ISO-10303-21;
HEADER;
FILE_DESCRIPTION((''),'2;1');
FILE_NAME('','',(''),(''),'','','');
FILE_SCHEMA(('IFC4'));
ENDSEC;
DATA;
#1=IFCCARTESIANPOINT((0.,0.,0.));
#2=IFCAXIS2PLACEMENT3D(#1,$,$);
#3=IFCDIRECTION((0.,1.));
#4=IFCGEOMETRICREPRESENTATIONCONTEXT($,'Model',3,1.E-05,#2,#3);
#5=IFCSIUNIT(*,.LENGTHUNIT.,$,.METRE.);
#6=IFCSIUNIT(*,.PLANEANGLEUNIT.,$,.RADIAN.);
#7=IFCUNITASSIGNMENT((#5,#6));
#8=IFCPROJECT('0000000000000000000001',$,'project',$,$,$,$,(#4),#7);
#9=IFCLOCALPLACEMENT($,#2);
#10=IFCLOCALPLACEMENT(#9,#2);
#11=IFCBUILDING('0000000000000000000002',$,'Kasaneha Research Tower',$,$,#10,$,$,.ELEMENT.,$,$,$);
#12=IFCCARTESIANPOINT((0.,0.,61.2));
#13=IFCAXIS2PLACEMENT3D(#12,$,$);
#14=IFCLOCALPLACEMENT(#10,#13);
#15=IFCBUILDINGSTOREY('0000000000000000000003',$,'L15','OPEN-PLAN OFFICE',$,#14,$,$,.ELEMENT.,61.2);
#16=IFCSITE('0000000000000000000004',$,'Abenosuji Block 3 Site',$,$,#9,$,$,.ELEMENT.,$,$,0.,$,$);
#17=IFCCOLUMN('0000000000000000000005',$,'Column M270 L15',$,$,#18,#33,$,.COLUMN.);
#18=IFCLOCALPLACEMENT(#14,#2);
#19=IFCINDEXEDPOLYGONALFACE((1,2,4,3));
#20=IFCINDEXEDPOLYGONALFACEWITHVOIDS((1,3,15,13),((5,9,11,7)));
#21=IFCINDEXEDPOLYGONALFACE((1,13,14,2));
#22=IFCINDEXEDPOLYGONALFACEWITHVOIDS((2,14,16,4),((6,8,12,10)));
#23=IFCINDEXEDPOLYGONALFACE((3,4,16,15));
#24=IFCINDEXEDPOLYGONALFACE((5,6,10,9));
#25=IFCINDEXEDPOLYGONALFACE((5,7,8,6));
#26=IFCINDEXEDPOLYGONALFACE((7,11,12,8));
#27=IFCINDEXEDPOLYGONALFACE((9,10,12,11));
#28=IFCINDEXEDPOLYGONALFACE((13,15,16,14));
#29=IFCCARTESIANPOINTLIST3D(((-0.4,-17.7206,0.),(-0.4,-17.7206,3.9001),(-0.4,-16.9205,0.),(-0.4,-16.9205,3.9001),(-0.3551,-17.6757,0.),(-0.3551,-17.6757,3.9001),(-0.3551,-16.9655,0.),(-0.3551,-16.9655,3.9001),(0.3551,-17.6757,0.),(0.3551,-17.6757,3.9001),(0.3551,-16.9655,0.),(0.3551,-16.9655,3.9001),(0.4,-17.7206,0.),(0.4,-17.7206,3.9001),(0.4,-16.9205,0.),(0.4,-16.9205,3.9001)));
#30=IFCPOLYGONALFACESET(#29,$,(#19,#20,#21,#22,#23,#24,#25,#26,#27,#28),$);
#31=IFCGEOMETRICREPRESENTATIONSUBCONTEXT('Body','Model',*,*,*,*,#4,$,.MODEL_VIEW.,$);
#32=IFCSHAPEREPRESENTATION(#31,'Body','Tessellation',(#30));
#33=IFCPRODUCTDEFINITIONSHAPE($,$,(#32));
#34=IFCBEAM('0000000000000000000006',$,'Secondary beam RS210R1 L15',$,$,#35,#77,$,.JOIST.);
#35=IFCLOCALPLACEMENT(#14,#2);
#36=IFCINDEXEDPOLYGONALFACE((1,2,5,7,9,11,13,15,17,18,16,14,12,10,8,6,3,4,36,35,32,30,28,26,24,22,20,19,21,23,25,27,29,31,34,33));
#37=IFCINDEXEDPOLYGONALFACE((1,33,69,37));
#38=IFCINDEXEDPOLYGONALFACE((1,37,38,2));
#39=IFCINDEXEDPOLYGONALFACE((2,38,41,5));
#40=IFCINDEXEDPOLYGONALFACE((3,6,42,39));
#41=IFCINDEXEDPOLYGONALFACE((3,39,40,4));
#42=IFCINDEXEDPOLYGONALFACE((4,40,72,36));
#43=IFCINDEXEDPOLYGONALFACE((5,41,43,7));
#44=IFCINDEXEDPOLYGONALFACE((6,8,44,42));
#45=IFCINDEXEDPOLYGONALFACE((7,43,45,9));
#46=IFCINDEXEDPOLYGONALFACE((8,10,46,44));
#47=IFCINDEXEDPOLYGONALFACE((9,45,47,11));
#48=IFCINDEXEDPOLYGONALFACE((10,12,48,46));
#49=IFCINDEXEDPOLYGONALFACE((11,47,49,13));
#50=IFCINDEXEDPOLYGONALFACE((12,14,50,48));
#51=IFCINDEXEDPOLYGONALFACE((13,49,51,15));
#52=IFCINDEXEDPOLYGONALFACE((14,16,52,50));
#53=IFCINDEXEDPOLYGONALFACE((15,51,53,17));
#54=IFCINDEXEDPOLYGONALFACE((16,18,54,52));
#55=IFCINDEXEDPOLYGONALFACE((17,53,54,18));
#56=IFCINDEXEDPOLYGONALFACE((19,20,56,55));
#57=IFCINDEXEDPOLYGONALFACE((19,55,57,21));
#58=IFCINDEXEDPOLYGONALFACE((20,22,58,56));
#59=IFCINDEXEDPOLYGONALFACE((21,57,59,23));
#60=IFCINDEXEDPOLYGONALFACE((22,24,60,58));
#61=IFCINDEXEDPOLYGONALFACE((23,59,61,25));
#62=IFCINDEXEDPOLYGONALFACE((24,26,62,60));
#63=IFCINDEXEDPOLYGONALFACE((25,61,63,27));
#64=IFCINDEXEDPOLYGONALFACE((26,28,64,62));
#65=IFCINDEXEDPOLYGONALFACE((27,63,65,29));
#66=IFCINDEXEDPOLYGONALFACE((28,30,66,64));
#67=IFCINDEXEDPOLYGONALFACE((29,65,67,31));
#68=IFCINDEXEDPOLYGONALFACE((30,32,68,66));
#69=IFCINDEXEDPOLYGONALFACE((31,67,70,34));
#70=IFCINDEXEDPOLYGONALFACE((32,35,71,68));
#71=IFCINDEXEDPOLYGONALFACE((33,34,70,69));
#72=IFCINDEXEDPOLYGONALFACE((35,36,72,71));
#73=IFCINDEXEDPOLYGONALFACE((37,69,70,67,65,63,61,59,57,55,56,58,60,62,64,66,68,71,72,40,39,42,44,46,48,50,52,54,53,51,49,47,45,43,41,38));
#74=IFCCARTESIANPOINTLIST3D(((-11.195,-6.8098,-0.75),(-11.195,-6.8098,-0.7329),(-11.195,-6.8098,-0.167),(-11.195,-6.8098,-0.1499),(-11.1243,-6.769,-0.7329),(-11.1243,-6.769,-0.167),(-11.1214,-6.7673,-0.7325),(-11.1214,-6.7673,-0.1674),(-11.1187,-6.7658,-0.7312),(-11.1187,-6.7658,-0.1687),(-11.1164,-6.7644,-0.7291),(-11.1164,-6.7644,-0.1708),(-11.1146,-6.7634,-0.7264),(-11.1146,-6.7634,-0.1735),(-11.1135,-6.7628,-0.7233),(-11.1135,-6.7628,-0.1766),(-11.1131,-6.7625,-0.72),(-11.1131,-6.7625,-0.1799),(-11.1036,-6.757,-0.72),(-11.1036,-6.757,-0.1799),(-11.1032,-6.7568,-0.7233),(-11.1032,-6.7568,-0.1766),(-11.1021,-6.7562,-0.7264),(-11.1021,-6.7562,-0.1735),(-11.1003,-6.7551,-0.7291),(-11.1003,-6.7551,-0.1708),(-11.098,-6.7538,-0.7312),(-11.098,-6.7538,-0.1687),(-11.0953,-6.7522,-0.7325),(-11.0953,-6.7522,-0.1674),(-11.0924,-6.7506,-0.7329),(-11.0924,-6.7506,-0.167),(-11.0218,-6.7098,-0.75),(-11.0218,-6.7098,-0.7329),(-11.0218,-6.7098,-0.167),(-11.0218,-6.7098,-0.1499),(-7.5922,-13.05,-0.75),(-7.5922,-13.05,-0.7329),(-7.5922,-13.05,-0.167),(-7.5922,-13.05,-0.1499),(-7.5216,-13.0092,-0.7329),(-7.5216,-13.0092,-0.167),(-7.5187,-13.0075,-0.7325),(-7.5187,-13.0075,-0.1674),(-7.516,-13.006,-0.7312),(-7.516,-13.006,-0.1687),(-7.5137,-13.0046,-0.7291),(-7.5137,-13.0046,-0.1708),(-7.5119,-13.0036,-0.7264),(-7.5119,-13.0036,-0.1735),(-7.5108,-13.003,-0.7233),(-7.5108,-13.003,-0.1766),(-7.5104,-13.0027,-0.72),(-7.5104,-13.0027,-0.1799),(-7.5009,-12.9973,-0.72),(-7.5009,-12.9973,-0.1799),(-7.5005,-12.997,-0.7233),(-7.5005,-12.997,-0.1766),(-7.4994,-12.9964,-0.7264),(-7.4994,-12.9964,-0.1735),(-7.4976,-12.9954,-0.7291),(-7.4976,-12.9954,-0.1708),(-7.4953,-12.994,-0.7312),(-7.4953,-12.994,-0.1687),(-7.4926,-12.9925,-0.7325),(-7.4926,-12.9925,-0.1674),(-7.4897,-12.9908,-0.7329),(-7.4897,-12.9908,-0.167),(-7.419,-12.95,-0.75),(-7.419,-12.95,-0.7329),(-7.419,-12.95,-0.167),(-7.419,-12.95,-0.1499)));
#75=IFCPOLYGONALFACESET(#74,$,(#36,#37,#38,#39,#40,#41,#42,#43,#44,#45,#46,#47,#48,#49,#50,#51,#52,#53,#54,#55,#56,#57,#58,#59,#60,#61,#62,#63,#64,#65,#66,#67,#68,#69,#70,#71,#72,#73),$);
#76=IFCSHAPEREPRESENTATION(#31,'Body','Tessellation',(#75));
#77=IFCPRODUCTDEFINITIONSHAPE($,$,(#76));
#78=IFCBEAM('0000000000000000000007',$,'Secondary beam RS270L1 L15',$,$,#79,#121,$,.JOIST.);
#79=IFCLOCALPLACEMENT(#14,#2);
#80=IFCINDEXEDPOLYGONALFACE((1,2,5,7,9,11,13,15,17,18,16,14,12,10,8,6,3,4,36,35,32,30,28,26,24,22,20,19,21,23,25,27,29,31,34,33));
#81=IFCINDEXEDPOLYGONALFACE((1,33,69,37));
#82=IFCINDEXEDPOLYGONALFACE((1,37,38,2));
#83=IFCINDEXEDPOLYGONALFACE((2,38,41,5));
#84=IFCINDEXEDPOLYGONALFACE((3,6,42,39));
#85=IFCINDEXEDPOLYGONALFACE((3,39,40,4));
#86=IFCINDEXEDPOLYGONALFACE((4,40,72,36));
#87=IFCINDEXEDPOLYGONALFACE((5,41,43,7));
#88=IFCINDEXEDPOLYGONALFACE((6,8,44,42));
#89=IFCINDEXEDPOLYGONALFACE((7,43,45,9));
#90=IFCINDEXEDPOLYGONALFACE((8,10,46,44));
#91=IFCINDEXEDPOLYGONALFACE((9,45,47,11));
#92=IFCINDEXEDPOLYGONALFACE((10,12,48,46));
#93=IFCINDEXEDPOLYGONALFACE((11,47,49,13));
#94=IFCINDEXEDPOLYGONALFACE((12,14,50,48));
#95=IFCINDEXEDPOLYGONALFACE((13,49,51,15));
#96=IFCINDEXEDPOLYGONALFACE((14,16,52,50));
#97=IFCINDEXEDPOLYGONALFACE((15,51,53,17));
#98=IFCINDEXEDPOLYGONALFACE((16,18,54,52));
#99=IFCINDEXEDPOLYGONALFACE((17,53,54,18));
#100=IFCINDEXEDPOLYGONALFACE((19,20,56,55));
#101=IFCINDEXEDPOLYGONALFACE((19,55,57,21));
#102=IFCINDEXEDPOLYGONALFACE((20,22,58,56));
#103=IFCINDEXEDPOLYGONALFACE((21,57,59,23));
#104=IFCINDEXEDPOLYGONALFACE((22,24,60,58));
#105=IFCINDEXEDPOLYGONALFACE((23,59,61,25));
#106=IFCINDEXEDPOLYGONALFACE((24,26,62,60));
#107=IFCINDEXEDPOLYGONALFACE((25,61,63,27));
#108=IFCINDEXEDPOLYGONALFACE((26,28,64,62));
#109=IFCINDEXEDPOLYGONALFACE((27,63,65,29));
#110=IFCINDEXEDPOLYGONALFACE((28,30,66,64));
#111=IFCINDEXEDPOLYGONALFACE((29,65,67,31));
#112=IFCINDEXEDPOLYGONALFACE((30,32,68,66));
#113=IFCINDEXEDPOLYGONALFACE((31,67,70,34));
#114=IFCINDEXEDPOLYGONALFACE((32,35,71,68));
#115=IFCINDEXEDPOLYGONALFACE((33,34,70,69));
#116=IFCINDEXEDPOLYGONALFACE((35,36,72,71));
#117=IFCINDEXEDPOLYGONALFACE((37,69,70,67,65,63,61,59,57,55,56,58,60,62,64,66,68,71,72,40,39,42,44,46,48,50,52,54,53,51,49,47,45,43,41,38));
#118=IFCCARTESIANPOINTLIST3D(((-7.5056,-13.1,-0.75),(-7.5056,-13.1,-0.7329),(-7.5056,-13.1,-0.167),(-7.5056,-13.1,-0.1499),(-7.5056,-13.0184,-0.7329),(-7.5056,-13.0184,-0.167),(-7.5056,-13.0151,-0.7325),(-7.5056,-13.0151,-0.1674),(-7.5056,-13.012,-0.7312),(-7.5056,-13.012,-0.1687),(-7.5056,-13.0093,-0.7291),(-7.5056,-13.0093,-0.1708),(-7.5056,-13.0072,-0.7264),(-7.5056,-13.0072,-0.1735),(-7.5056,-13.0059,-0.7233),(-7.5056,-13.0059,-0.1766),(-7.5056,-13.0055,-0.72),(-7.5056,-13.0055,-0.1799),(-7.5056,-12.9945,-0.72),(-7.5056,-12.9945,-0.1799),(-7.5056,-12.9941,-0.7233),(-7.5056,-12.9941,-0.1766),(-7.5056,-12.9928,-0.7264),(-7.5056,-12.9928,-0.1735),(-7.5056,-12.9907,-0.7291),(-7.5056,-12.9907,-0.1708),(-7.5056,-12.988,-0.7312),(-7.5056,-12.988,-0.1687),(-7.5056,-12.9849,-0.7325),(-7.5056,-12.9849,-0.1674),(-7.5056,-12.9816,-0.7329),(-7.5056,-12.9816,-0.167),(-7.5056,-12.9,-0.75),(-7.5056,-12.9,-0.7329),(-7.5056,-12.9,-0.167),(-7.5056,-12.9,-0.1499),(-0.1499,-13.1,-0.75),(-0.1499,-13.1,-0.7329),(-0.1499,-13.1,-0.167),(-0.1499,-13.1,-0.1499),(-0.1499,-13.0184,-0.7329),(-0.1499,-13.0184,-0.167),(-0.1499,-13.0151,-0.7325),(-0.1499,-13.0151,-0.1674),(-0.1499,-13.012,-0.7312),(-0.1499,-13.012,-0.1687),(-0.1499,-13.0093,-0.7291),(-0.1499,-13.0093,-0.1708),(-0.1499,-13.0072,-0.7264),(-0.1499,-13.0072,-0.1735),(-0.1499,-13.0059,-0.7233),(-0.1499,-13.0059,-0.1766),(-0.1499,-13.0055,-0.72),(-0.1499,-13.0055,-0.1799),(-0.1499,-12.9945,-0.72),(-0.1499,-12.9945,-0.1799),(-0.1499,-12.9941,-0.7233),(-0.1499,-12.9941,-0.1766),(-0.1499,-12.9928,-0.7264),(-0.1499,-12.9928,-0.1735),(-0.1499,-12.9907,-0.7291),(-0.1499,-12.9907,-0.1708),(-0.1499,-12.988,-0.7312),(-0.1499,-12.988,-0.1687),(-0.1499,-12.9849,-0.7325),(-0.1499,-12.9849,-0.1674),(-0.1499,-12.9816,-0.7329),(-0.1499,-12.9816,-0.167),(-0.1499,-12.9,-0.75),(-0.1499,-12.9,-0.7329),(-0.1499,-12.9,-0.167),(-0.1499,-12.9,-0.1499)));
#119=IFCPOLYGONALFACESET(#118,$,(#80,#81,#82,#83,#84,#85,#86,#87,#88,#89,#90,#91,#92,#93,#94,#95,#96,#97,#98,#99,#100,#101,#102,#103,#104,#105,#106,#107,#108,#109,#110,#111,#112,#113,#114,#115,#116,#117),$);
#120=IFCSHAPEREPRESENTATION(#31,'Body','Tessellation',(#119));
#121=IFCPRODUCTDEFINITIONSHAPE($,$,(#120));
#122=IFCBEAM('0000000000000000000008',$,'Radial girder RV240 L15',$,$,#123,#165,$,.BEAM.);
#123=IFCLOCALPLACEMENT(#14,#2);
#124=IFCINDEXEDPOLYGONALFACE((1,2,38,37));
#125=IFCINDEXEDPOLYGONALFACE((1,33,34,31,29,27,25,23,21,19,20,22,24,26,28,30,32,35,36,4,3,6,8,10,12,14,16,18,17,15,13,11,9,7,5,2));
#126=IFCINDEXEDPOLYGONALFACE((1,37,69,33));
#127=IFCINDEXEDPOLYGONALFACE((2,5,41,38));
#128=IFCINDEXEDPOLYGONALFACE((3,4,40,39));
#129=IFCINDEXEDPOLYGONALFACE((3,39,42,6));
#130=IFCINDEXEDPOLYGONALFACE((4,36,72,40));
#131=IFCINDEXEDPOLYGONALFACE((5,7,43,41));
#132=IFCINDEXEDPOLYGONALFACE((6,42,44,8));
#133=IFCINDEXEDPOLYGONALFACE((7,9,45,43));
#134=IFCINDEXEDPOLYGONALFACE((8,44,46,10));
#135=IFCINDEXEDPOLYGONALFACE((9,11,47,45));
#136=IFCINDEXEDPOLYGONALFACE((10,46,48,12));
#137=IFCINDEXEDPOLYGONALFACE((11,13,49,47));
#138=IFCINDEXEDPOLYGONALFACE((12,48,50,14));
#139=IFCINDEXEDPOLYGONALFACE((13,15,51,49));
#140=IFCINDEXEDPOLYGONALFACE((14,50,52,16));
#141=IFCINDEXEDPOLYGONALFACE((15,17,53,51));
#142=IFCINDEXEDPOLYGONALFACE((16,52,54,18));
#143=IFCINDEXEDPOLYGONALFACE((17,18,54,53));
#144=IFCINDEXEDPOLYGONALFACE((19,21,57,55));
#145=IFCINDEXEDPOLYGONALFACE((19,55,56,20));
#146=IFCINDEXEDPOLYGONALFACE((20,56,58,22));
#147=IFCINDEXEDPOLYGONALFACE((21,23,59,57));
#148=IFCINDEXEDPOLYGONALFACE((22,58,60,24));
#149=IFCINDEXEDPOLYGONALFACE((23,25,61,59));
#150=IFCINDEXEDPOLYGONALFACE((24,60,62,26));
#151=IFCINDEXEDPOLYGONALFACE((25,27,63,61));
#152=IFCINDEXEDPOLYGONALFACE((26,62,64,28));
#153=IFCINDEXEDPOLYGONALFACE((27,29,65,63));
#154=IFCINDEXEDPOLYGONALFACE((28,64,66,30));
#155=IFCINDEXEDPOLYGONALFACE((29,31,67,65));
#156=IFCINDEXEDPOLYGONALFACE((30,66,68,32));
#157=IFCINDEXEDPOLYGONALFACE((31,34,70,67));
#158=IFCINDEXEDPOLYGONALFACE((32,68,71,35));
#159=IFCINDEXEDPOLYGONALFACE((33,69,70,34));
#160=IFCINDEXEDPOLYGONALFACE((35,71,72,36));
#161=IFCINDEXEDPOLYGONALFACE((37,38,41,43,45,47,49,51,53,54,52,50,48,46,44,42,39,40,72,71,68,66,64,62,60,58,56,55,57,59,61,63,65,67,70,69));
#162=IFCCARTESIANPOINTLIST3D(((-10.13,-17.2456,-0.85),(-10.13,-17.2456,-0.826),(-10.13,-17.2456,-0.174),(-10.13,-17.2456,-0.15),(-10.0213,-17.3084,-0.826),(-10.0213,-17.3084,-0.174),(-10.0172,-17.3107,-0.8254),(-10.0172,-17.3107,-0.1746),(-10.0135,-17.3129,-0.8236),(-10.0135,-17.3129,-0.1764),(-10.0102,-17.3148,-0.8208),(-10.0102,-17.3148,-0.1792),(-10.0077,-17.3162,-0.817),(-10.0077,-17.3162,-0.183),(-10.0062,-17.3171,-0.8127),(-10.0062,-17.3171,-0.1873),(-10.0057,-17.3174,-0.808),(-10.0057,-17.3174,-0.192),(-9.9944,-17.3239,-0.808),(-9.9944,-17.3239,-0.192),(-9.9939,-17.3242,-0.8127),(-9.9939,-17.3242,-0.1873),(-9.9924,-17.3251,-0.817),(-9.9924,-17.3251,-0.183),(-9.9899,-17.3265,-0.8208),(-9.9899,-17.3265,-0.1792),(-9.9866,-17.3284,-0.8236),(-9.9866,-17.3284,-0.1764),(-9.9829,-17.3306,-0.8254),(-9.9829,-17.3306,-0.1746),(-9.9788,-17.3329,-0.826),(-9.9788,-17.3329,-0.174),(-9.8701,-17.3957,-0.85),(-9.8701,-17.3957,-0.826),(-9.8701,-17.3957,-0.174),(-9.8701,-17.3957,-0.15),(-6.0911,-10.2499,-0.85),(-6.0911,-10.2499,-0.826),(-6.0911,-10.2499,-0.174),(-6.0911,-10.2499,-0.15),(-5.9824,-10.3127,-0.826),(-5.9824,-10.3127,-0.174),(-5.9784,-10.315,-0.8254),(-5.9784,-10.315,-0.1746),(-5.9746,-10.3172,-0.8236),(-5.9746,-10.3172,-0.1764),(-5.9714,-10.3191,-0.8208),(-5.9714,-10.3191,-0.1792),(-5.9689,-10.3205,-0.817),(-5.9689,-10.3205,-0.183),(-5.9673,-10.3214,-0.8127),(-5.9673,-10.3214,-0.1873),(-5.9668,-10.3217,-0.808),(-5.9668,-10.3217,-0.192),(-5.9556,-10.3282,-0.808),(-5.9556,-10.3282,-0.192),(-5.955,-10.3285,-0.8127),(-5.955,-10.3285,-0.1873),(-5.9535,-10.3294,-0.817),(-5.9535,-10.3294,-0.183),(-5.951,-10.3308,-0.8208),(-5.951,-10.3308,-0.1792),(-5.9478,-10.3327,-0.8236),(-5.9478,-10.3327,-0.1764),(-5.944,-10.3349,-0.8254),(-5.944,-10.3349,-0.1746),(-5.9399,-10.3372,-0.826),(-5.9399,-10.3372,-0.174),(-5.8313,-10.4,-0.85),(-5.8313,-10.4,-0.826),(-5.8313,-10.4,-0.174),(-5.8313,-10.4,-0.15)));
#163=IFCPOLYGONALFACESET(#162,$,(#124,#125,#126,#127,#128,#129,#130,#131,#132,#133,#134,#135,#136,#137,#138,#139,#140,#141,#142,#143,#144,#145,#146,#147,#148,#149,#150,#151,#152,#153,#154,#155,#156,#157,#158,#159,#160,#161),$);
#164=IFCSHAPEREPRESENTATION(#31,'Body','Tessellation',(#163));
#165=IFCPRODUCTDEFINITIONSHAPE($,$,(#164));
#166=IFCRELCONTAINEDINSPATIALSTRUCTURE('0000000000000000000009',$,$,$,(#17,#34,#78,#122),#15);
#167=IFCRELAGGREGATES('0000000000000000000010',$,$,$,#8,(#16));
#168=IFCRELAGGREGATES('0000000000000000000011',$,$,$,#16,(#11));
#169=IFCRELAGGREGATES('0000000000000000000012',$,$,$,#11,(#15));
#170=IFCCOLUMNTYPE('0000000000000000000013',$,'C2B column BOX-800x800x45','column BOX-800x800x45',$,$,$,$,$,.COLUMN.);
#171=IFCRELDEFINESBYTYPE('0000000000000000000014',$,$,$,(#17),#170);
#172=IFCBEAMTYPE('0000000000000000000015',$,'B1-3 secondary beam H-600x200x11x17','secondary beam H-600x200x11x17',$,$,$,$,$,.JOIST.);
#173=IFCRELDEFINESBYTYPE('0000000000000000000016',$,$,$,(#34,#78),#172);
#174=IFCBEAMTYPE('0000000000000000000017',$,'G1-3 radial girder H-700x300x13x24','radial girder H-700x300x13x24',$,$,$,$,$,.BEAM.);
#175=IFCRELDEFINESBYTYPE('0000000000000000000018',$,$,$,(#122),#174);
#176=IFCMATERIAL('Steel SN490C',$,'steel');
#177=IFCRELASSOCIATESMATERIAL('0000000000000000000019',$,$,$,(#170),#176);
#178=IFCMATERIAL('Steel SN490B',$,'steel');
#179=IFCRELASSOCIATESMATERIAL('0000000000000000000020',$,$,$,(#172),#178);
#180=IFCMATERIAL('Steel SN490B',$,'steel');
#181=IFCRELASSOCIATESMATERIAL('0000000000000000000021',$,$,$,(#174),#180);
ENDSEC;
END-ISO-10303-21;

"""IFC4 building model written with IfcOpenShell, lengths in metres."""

from ifc_helpers import new_model, si_unit, direction, frame, origin, origin_2d, place, context, subcontext, project, spatial, hollow_rectangle, i_section, extrude, material, material_profile, profile_set, type_object, element, save


model = new_model("IFC4")

# Units and contexts
model_context = context("Model", 3, precision=1e-05, world=origin(), true_north=direction((0.0, 1.0)))
body_context = subcontext(model_context, "Body", "Model", "MODEL_VIEW")
ifc_project = project(units=[si_unit("LENGTHUNIT", "METRE"), si_unit("PLANEANGLEUNIT", "RADIAN")], contexts=[model_context])

# Site, building, storey
site_placement = place(None, origin())
site = spatial("IfcSite", under=ifc_project, at=site_placement, Name="Abenosuji Block 3 Site", CompositionType="ELEMENT", RefElevation=0.0)
building_placement = place(site_placement, origin())
building = spatial("IfcBuilding", under=site, at=building_placement, Name="Kasaneha Research Tower", CompositionType="ELEMENT")
storey_placement = place(building_placement, frame((0.0, 0.0, 61.2)))
storey = spatial("IfcBuildingStorey", under=building, at=storey_placement, Name="L15", Description="OPEN-PLAN OFFICE", CompositionType="ELEMENT", Elevation=61.2)

# Column
ifc_material_1 = material(Name="Steel SN490C", Category="steel")
ifc_material_profile_1 = material_profile(ifc_material_1, hollow_rectangle(XDim=0.8, YDim=0.8, WallThickness=0.0449, at=origin_2d()), Name="BOX-800x800x45")
ifc_profile_set_1 = profile_set([ifc_material_profile_1], Name="Steel SN490C")
column_type = type_object("IfcColumnType", Name="C2B column BOX-800x800x45", Description="column BOX-800x800x45", PredefinedType="COLUMN", material=ifc_profile_set_1)
column_placement = place(storey_placement, frame((0.0, -17.3206, 0.0), z_axis=(0.0, 0.0, 1.0), x_axis=(1.0, 0.0, 0.0)))
element("IfcColumn", 1, at=column_placement, inside=storey, type_object=column_type, Name="Column M270 L15", PredefinedType="COLUMN", context=body_context, shape_type="SweptSolid", body=[
    extrude(hollow_rectangle(XDim=0.8, YDim=0.8, WallThickness=0.0449, at=origin_2d()), origin(), (0.0, 0.0, 1.0), 3.9001),
])

# Beams
ifc_material_2 = material(Name="Steel SN490B", Category="steel")
ifc_material_profile_2 = material_profile(ifc_material_2, i_section(OverallWidth=0.2, OverallDepth=0.6001, WebThickness=0.011, FlangeThickness=0.0171, FilletRadius=0.0129, at=origin_2d()), Name="H-600x200x11x17")
ifc_profile_set_2 = profile_set([ifc_material_profile_2], Name="Steel SN490B")
beam_type_1 = type_object("IfcBeamType", Name="B1-3 secondary beam H-600x200x11x17", Description="secondary beam H-600x200x11x17", PredefinedType="JOIST", material=ifc_profile_set_2)
beam_1_placement = place(storey_placement, frame((-7.5056, -13.0, -0.45), z_axis=(-0.499998, 0.866026, 0.0), x_axis=(-0.866026, -0.499998, 0.0)))
element("IfcBeam", 2, at=beam_1_placement, inside=storey, type_object=beam_type_1, Name="Secondary beam RS210R1 L15", PredefinedType="JOIST", context=body_context, shape_type="SweptSolid", body=[
    extrude(i_section(OverallWidth=0.2, OverallDepth=0.6001, WebThickness=0.011, FlangeThickness=0.0171, FilletRadius=0.0129, at=origin_2d()), origin(), (0.0, 0.0, 1.0), 7.2056),
])
beam_2_placement = place(storey_placement, frame((-7.5056, -13.0, -0.45), z_axis=(1.0, 0.0, 0.0), x_axis=(0.0, 1.0, 0.0)))
element("IfcBeam", 3, at=beam_2_placement, inside=storey, type_object=beam_type_1, Name="Secondary beam RS270L1 L15", PredefinedType="JOIST", context=body_context, shape_type="SweptSolid", body=[
    extrude(i_section(OverallWidth=0.2, OverallDepth=0.6001, WebThickness=0.011, FlangeThickness=0.0171, FilletRadius=0.0129, at=origin_2d()), origin(), (0.0, 0.0, 1.0), 7.3557),
])
ifc_material_3 = material(Name="Steel SN490B", Category="steel")
ifc_material_profile_3 = material_profile(ifc_material_3, i_section(OverallWidth=0.3, OverallDepth=0.7, WebThickness=0.0129, FlangeThickness=0.0239, FilletRadius=0.0181, at=origin_2d()), Name="H-700x300x13x24")
ifc_profile_set_3 = profile_set([ifc_material_profile_3], Name="Steel SN490B")
beam_type_2 = type_object("IfcBeamType", Name="G1-3 radial girder H-700x300x13x24", Description="radial girder H-700x300x13x24", PredefinedType="BEAM", material=ifc_profile_set_3)
beam_3_placement = place(storey_placement, frame((-5.9612, -10.325, -0.5), z_axis=(-0.499991, -0.866031, 0.0), x_axis=(0.866031, -0.499991, 0.0)))
element("IfcBeam", 4, at=beam_3_placement, inside=storey, type_object=beam_type_2, Name="Radial girder RV240 L15", PredefinedType="BEAM", context=body_context, shape_type="SweptSolid", body=[
    extrude(i_section(OverallWidth=0.3, OverallDepth=0.7, WebThickness=0.0129, FlangeThickness=0.0239, FilletRadius=0.0181, at=origin_2d()), origin(), (0.0, 0.0, 1.0), 8.0779),
])

save(model, "model.ifc")
